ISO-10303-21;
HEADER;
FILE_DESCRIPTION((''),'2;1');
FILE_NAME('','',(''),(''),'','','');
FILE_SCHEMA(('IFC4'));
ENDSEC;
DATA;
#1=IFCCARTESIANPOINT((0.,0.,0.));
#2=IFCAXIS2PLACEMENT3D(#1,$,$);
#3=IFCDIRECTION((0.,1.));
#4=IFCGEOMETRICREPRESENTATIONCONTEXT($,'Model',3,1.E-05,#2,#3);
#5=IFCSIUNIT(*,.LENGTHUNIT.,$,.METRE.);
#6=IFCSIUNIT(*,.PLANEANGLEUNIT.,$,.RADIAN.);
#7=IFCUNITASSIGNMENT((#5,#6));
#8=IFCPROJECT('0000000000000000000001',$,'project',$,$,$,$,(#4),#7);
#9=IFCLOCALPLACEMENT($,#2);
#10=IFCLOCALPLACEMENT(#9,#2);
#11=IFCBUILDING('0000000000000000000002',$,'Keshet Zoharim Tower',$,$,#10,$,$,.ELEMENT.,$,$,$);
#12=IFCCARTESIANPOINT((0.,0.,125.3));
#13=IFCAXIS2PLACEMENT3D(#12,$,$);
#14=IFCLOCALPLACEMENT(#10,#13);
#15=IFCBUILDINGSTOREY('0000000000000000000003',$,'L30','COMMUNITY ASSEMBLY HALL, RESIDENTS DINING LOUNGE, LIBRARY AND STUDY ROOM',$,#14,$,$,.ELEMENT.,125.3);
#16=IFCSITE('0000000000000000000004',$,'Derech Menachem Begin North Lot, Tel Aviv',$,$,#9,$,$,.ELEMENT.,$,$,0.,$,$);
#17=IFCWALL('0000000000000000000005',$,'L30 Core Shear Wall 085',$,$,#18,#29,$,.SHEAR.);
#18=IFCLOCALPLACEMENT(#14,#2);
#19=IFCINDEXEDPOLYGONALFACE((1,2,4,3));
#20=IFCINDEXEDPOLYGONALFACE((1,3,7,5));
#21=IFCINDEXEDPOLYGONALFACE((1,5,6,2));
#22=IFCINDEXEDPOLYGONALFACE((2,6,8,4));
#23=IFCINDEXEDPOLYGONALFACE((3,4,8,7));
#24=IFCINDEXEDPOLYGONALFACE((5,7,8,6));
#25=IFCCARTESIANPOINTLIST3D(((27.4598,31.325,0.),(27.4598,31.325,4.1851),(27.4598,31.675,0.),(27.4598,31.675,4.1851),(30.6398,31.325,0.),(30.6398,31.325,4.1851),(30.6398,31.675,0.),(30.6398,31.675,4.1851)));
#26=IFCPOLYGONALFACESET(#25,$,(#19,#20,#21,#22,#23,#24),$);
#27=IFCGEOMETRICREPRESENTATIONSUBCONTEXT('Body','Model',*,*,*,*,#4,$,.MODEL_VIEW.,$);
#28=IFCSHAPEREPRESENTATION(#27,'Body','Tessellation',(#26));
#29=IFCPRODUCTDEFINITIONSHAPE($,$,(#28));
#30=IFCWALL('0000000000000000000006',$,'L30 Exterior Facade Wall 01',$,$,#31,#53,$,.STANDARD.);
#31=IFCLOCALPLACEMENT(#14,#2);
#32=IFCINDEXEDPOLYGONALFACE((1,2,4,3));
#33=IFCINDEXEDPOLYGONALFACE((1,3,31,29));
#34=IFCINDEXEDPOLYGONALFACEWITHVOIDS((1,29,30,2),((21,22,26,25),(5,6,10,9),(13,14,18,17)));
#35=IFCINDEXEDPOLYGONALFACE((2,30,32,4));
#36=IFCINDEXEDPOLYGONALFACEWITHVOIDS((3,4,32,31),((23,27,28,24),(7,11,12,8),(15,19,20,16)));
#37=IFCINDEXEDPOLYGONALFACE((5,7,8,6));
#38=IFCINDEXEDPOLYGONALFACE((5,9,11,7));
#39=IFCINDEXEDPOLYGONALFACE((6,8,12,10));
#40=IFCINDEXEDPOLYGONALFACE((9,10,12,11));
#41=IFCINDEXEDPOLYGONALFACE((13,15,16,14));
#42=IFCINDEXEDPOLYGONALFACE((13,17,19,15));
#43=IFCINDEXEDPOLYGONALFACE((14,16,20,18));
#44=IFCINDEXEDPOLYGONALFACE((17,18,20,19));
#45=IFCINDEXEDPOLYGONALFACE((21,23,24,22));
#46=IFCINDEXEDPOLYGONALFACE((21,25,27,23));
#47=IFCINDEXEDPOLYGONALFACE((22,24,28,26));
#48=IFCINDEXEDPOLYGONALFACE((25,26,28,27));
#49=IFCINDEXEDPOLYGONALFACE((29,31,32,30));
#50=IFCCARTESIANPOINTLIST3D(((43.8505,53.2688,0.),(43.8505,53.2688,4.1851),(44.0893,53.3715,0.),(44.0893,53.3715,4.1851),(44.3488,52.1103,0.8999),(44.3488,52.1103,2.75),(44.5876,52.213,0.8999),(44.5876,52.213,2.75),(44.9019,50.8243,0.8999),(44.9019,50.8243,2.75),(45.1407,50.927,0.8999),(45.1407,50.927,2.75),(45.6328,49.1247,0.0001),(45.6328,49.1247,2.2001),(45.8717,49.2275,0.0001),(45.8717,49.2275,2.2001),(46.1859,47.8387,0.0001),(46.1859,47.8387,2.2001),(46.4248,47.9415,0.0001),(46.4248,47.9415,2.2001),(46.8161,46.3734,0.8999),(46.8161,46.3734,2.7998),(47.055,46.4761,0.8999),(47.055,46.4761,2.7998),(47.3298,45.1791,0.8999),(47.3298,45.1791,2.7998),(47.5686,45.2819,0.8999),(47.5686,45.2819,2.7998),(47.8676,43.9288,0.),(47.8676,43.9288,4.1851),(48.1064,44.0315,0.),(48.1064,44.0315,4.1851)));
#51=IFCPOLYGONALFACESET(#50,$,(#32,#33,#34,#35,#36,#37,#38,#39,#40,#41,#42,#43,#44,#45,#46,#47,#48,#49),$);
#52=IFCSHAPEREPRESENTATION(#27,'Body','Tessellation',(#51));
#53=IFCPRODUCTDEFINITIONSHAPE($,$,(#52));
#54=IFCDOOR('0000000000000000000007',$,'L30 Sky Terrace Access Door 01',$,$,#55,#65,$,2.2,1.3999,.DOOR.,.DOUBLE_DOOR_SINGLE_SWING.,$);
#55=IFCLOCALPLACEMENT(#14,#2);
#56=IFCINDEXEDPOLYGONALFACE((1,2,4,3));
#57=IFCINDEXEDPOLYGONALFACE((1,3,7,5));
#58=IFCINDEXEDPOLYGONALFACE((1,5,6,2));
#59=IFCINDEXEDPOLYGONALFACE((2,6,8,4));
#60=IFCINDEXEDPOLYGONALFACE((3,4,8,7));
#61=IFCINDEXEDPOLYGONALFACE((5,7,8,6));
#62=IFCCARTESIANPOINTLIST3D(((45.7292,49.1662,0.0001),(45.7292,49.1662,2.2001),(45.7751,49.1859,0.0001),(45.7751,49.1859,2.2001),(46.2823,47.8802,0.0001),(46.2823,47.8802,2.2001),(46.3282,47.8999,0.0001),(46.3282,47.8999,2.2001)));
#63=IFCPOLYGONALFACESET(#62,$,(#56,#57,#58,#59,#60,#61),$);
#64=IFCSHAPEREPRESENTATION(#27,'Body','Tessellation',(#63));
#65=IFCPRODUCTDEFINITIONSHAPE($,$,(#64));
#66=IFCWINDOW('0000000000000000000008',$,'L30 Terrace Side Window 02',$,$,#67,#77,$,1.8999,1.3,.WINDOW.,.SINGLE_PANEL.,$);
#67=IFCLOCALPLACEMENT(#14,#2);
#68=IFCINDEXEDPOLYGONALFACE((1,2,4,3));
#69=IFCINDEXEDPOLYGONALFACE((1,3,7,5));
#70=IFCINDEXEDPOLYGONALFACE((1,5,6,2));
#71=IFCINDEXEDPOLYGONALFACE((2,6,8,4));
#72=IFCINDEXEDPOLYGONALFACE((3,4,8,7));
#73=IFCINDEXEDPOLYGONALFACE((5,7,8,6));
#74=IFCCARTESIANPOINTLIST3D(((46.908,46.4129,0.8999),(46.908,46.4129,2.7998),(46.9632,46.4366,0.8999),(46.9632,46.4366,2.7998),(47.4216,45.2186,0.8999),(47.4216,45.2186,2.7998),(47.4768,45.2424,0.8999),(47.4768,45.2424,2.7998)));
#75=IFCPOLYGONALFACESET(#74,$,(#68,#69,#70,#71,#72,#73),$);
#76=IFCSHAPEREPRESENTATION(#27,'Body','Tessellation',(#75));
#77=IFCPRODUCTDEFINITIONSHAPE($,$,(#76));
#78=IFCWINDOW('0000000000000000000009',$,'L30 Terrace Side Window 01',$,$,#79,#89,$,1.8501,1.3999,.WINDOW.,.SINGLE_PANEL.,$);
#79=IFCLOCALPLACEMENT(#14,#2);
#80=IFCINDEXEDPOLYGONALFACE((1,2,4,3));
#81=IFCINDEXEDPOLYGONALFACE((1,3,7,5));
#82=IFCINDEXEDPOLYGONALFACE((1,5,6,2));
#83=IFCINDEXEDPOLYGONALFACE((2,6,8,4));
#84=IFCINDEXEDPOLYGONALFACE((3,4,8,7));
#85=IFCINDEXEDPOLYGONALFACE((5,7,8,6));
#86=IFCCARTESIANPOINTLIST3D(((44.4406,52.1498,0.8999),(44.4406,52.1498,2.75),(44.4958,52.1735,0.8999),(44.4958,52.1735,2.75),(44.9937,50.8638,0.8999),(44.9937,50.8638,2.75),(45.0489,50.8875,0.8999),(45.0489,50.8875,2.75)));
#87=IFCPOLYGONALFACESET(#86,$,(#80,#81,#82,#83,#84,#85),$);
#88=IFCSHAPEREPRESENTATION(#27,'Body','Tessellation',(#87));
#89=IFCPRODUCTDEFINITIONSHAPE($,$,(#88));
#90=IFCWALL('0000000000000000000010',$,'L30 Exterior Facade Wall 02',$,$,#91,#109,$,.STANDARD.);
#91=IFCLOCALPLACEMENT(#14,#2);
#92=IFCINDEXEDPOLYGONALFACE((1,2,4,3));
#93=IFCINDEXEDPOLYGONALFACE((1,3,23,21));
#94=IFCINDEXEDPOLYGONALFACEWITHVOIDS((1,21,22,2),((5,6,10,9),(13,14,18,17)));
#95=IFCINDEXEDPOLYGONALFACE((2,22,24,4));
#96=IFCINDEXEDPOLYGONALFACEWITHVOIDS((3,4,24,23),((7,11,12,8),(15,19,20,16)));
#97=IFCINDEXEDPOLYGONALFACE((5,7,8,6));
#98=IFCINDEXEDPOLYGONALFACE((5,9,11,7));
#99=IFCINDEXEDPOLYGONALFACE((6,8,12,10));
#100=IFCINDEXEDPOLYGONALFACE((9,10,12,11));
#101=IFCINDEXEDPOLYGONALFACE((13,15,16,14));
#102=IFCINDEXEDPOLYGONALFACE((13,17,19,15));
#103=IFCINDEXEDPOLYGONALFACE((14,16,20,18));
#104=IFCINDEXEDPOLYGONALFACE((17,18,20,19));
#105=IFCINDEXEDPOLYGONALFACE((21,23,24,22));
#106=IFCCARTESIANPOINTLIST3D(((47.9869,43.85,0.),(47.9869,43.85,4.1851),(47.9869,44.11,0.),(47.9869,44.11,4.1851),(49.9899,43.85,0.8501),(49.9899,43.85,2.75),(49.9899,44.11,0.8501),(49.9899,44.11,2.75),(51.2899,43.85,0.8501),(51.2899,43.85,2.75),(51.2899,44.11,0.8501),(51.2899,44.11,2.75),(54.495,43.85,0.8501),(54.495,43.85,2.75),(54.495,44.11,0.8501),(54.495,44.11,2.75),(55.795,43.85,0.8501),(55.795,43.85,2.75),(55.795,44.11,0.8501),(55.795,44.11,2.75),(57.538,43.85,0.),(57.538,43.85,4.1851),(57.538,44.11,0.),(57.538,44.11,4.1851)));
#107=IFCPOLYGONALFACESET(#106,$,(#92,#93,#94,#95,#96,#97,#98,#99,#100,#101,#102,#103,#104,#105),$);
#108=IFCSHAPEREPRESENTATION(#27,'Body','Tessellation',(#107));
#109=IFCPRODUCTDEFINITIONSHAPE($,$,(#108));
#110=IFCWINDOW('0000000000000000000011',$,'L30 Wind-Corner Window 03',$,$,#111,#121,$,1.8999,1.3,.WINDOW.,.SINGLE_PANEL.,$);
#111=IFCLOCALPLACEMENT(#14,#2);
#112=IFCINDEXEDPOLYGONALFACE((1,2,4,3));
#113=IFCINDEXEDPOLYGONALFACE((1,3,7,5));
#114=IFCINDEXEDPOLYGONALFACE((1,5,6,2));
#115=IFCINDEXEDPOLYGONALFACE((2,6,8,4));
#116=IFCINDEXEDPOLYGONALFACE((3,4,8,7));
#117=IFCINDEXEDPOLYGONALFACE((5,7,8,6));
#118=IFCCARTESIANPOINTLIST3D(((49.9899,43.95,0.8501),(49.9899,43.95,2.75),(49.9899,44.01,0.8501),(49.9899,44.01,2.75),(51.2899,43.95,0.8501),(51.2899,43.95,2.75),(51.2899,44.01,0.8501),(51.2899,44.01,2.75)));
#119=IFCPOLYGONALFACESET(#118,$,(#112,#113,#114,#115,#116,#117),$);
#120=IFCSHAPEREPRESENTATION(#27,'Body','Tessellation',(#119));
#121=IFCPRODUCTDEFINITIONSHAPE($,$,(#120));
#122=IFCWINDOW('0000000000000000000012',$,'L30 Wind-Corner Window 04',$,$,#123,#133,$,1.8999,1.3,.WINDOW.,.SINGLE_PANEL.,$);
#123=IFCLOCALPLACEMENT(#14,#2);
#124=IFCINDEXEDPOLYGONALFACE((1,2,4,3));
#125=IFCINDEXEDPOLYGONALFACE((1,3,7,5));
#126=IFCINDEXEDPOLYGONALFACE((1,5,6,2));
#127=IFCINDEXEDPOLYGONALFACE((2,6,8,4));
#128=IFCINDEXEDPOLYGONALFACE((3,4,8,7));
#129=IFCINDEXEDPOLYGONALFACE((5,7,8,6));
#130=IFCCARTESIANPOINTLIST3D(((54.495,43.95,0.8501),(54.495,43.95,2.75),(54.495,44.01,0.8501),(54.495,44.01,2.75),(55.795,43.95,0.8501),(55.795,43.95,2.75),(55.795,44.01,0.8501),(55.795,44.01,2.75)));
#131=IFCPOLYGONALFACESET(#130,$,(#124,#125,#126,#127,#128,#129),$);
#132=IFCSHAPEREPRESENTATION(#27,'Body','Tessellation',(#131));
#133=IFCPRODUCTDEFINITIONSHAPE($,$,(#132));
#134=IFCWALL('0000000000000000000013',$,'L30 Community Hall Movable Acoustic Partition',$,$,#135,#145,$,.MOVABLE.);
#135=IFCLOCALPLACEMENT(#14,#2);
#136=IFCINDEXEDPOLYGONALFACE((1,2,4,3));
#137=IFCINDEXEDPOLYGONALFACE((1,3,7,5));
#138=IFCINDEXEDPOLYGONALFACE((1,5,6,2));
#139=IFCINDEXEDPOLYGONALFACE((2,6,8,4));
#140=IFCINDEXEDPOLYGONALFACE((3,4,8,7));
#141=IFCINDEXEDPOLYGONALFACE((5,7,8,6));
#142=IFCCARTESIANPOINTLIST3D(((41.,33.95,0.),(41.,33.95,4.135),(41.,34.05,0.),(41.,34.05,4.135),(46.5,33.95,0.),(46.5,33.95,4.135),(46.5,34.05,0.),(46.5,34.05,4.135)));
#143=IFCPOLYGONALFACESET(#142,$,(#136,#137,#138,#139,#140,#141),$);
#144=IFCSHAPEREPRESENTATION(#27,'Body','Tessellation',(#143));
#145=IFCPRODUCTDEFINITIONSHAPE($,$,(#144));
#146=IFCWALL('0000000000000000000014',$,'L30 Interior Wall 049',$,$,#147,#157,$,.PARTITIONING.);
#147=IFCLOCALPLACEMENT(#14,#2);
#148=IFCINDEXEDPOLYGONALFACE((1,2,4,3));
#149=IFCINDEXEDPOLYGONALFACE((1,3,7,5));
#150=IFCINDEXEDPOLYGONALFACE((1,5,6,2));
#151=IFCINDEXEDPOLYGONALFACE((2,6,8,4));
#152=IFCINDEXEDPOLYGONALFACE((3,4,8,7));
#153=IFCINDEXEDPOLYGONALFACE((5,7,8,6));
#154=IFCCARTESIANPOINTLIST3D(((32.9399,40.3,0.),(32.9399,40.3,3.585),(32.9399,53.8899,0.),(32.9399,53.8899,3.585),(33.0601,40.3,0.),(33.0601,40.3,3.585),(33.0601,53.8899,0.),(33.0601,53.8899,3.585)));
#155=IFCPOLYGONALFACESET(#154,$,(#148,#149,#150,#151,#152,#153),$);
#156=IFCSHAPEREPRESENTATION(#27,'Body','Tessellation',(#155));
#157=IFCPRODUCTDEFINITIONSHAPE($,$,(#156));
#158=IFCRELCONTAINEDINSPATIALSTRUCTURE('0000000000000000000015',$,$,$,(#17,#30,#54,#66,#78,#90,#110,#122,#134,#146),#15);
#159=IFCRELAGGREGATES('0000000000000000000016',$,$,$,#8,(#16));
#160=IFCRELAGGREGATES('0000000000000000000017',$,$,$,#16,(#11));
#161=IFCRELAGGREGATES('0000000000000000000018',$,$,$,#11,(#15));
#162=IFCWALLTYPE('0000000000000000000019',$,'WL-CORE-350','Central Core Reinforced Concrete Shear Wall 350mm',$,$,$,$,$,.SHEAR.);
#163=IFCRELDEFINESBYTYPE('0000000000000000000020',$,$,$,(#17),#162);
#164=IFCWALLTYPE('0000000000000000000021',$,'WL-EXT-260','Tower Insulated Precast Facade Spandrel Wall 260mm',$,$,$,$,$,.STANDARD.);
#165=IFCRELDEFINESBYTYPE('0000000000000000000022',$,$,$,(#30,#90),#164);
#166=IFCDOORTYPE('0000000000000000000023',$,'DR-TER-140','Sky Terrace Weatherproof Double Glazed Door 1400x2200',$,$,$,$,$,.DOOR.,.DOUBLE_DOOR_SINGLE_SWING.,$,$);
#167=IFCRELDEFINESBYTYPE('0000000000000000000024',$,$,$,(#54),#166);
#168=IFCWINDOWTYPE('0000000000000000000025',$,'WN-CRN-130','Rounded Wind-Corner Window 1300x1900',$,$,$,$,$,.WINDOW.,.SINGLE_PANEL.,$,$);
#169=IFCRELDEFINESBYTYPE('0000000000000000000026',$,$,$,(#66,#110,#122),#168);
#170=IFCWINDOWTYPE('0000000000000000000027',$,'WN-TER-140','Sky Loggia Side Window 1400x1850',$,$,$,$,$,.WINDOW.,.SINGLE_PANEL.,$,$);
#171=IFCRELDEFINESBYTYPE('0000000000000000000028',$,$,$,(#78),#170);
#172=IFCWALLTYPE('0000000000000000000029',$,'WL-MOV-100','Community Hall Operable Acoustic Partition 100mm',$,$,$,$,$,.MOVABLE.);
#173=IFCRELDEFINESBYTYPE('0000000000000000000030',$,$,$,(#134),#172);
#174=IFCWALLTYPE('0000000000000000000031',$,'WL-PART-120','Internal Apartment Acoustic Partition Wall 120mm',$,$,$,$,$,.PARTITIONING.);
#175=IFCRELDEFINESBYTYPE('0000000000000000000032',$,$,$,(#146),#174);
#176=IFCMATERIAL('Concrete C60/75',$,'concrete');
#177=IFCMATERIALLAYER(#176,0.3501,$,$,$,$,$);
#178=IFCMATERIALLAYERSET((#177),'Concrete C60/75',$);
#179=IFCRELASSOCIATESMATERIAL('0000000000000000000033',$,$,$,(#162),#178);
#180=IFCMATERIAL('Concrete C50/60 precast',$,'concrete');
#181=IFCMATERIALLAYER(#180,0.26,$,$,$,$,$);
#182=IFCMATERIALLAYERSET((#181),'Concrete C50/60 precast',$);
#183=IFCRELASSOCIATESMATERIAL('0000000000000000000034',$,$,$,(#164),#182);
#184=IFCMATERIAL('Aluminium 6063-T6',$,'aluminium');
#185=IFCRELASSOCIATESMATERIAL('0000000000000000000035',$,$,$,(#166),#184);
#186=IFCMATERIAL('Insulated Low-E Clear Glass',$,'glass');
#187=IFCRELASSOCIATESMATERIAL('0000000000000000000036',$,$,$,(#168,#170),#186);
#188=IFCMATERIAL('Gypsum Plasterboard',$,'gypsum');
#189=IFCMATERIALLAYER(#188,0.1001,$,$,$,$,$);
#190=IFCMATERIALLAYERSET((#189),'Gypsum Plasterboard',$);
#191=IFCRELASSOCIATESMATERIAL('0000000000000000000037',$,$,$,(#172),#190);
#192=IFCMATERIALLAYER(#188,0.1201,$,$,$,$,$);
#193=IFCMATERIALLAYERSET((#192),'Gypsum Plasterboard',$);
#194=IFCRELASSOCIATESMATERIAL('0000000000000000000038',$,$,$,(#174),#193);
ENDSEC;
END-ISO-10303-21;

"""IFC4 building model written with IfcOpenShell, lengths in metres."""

from ifc_helpers import new_model, si_unit, direction, frame, frame_2d, origin, place, context, subcontext, project, spatial, rectangle, extrude, material, layer, layer_set, type_object, element, fill, save


model = new_model("IFC4")

# Units and contexts
model_context = context("Model", 3, precision=1e-05, world=origin(), true_north=direction((0.0, 1.0)))
body_context = subcontext(model_context, "Body", "Model", "MODEL_VIEW")
ifc_project = project(units=[si_unit("LENGTHUNIT", "METRE"), si_unit("PLANEANGLEUNIT", "RADIAN")], contexts=[model_context])

# Site, building, storey
site_placement = place(None, origin())
site = spatial("IfcSite", under=ifc_project, at=site_placement, Name="Derech Menachem Begin North Lot, Tel Aviv", CompositionType="ELEMENT", RefElevation=0.0)
building_placement = place(site_placement, origin())
building = spatial("IfcBuilding", under=site, at=building_placement, Name="Keshet Zoharim Tower", CompositionType="ELEMENT")
storey_placement = place(building_placement, frame((0.0, 0.0, 125.3)))
storey = spatial("IfcBuildingStorey", under=building, at=storey_placement, Name="L30", Description="COMMUNITY ASSEMBLY HALL, RESIDENTS DINING LOUNGE, LIBRARY AND STUDY ROOM", CompositionType="ELEMENT", Elevation=125.3)

# Shared definitions
ifc_material_1 = material(Name="Concrete C60/75", Category="concrete")

# Shared definitions
ifc_material_2 = material(Name="Gypsum Plasterboard", Category="gypsum")
ifc_layer_1 = layer(ifc_material_1, 0.3501)
ifc_layer_set_1 = layer_set([ifc_layer_1], Name="Concrete C60/75")
wall_type_1 = type_object("IfcWallType", Name="WL-CORE-350", Description="Central Core Reinforced Concrete Shear Wall 350mm", PredefinedType="SHEAR", material=ifc_layer_set_1)

# Wall
wall_1_placement = place(storey_placement, frame((27.46, 31.5, 0.0), z_axis=(0.0, 0.0, 1.0), x_axis=(1.0, 0.0, 0.0)))
element("IfcWall", 1, at=wall_1_placement, inside=storey, type_object=wall_type_1, Name="L30 Core Shear Wall 085", PredefinedType="SHEAR", context=body_context, shape_type="SweptSolid", body=[
    extrude(rectangle(XDim=3.1799, YDim=0.3501, at=frame_2d((1.5898, 0.0))), origin(), (0.0, 0.0, 1.0), 4.1851),
])

# Wall, openings, door, windows
ifc_material_3 = material(Name="Concrete C50/60 precast", Category="concrete")
ifc_layer_2 = layer(ifc_material_3, 0.26)
ifc_layer_set_2 = layer_set([ifc_layer_2], Name="Concrete C50/60 precast")
wall_type_2 = type_object("IfcWallType", Name="WL-EXT-260", Description="Tower Insulated Precast Facade Spandrel Wall 260mm", PredefinedType="STANDARD", material=ifc_layer_set_2)
wall_2_placement = place(storey_placement, frame((43.97, 53.3201, 0.0), z_axis=(0.0, 0.0, 1.0), x_axis=(0.395098, -0.918639, 0.0)))
wall_2 = element("IfcWall", 2, at=wall_2_placement, inside=storey, type_object=wall_type_2, Name="L30 Exterior Facade Wall 01", PredefinedType="STANDARD", context=body_context, shape_type="SweptSolid", body=[
    extrude(rectangle(XDim=10.1672, YDim=0.26, at=frame_2d((5.0835, 0.0))), origin(), (0.0, 0.0, 1.0), 4.1851),
])
opening_1_placement = place(wall_2_placement, frame((4.511, 0.0, 0.0)))
opening_1 = element("IfcOpeningElement", 3, at=opening_1_placement, cuts=wall_2, PredefinedType="OPENING", context=body_context, shape_type="SweptSolid", body=[
    extrude(rectangle(XDim=1.3999, YDim=2.2, at=frame_2d((0.7, 1.1001))), frame((0.0, 0.1401, 0.0), z_axis=(0.0, -1.0, 0.0), x_axis=(1.0, 0.0, 0.0)), (0.0, 0.0, 1.0), 0.28),
])
opening_2_placement = place(wall_2_placement, frame((1.261, 0.0, 0.8999)))
opening_2 = element("IfcOpeningElement", 4, at=opening_2_placement, cuts=wall_2, PredefinedType="OPENING", context=body_context, shape_type="SweptSolid", body=[
    extrude(rectangle(XDim=1.3999, YDim=1.8501, at=frame_2d((0.7, 0.925))), frame((0.0, 0.1401, 0.0), z_axis=(0.0, -1.0, 0.0), x_axis=(1.0, 0.0, 0.0)), (0.0, 0.0, 1.0), 0.28),
])
opening_3_placement = place(wall_2_placement, frame((7.5061, 0.0, 0.8999)))
opening_3 = element("IfcOpeningElement", 5, at=opening_3_placement, cuts=wall_2, PredefinedType="OPENING", context=body_context, shape_type="SweptSolid", body=[
    extrude(rectangle(XDim=1.3, YDim=1.8999, at=frame_2d((0.6499, 0.95))), frame((0.0, 0.1401, 0.0), z_axis=(0.0, -1.0, 0.0), x_axis=(1.0, 0.0, 0.0)), (0.0, 0.0, 1.0), 0.28),
])
ifc_material_4 = material(Name="Aluminium 6063-T6", Category="aluminium")
door_type_1 = type_object("IfcDoorType", Name="DR-TER-140", Description="Sky Terrace Weatherproof Double Glazed Door 1400x2200", OperationType="DOUBLE_DOOR_SINGLE_SWING", PredefinedType="DOOR", material=ifc_material_4)
door_1_placement = place(opening_1_placement, origin())
door_1 = element("IfcDoor", 6, at=door_1_placement, inside=storey, type_object=door_type_1, Name="L30 Sky Terrace Access Door 01", OperationType="DOUBLE_DOOR_SINGLE_SWING", OverallHeight=2.2, OverallWidth=1.3999, PredefinedType="DOOR", context=body_context, shape_type="SweptSolid", body=[
    extrude(rectangle(XDim=1.3999, YDim=2.2, at=frame_2d((0.7, 1.1001))), frame((0.0, 0.0249, 0.0), z_axis=(0.0, -1.0, 0.0), x_axis=(1.0, 0.0, 0.0)), (0.0, 0.0, 1.0), 0.05),
])
fill(opening_1, door_1)
ifc_material_5 = material(Name="Insulated Low-E Clear Glass", Category="glass")
window_type_1 = type_object("IfcWindowType", Name="WN-CRN-130", Description="Rounded Wind-Corner Window 1300x1900", PartitioningType="SINGLE_PANEL", PredefinedType="WINDOW", material=ifc_material_5)
window_1_placement = place(opening_3_placement, origin())
window_1 = element("IfcWindow", 7, at=window_1_placement, inside=storey, type_object=window_type_1, Name="L30 Terrace Side Window 02", OverallHeight=1.8999, OverallWidth=1.3, PartitioningType="SINGLE_PANEL", PredefinedType="WINDOW", context=body_context, shape_type="SweptSolid", body=[
    extrude(rectangle(XDim=1.3, YDim=1.8999, at=frame_2d((0.6499, 0.95))), frame((0.0, 0.03, 0.0), z_axis=(0.0, -1.0, 0.0), x_axis=(1.0, 0.0, 0.0)), (0.0, 0.0, 1.0), 0.0601),
])
fill(opening_3, window_1)
window_type_2 = type_object("IfcWindowType", Name="WN-TER-140", Description="Sky Loggia Side Window 1400x1850", PartitioningType="SINGLE_PANEL", PredefinedType="WINDOW", material=ifc_material_5)
window_2_placement = place(opening_2_placement, origin())
window_2 = element("IfcWindow", 8, at=window_2_placement, inside=storey, type_object=window_type_2, Name="L30 Terrace Side Window 01", OverallHeight=1.8501, OverallWidth=1.3999, PartitioningType="SINGLE_PANEL", PredefinedType="WINDOW", context=body_context, shape_type="SweptSolid", body=[
    extrude(rectangle(XDim=1.3999, YDim=1.8501, at=frame_2d((0.7, 0.925))), frame((0.0, 0.03, 0.0), z_axis=(0.0, -1.0, 0.0), x_axis=(1.0, 0.0, 0.0)), (0.0, 0.0, 1.0), 0.0601),
])
fill(opening_2, window_2)

# Wall, openings, windows
wall_3_placement = place(storey_placement, frame((47.9871, 43.98, 0.0), z_axis=(0.0, 0.0, 1.0), x_axis=(1.0, 0.0, 0.0)))
wall_3 = element("IfcWall", 9, at=wall_3_placement, inside=storey, type_object=wall_type_2, Name="L30 Exterior Facade Wall 02", PredefinedType="STANDARD", context=body_context, shape_type="SweptSolid", body=[
    extrude(rectangle(XDim=9.551, YDim=0.26, at=frame_2d((4.7754, 0.0))), origin(), (0.0, 0.0, 1.0), 4.1851),
])
opening_4_placement = place(wall_3_placement, frame((2.0029, 0.0, 0.8501)))
opening_4 = element("IfcOpeningElement", 10, at=opening_4_placement, cuts=wall_3, PredefinedType="OPENING", context=body_context, shape_type="SweptSolid", body=[
    extrude(rectangle(XDim=1.3, YDim=1.8999, at=frame_2d((0.6499, 0.95))), frame((0.0, 0.1401, 0.0), z_axis=(0.0, -1.0, 0.0), x_axis=(1.0, 0.0, 0.0)), (0.0, 0.0, 1.0), 0.28),
])
opening_5_placement = place(wall_3_placement, frame((6.5081, 0.0, 0.8501)))
opening_5 = element("IfcOpeningElement", 11, at=opening_5_placement, cuts=wall_3, PredefinedType="OPENING", context=body_context, shape_type="SweptSolid", body=[
    extrude(rectangle(XDim=1.3, YDim=1.8999, at=frame_2d((0.6499, 0.95))), frame((0.0, 0.1401, 0.0), z_axis=(0.0, -1.0, 0.0), x_axis=(1.0, 0.0, 0.0)), (0.0, 0.0, 1.0), 0.28),
])
window_3_placement = place(opening_4_placement, origin())
window_3 = element("IfcWindow", 12, at=window_3_placement, inside=storey, type_object=window_type_1, Name="L30 Wind-Corner Window 03", OverallHeight=1.8999, OverallWidth=1.3, PartitioningType="SINGLE_PANEL", PredefinedType="WINDOW", context=body_context, shape_type="SweptSolid", body=[
    extrude(rectangle(XDim=1.3, YDim=1.8999, at=frame_2d((0.6499, 0.95))), frame((0.0, 0.03, 0.0), z_axis=(0.0, -1.0, 0.0), x_axis=(1.0, 0.0, 0.0)), (0.0, 0.0, 1.0), 0.0601),
])
fill(opening_4, window_3)
window_4_placement = place(opening_5_placement, origin())
window_4 = element("IfcWindow", 13, at=window_4_placement, inside=storey, type_object=window_type_1, Name="L30 Wind-Corner Window 04", OverallHeight=1.8999, OverallWidth=1.3, PartitioningType="SINGLE_PANEL", PredefinedType="WINDOW", context=body_context, shape_type="SweptSolid", body=[
    extrude(rectangle(XDim=1.3, YDim=1.8999, at=frame_2d((0.6499, 0.95))), frame((0.0, 0.03, 0.0), z_axis=(0.0, -1.0, 0.0), x_axis=(1.0, 0.0, 0.0)), (0.0, 0.0, 1.0), 0.0601),
])
fill(opening_5, window_4)

# Walls
ifc_layer_3 = layer(ifc_material_2, 0.1001)
ifc_layer_set_3 = layer_set([ifc_layer_3], Name="Gypsum Plasterboard")
wall_type_3 = type_object("IfcWallType", Name="WL-MOV-100", Description="Community Hall Operable Acoustic Partition 100mm", PredefinedType="MOVABLE", material=ifc_layer_set_3)
wall_4_placement = place(storey_placement, frame((41.0, 34.0, 0.0), z_axis=(0.0, 0.0, 1.0), x_axis=(1.0, 0.0, 0.0)))
element("IfcWall", 14, at=wall_4_placement, inside=storey, type_object=wall_type_3, Name="L30 Community Hall Movable Acoustic Partition", PredefinedType="MOVABLE", context=body_context, shape_type="SweptSolid", body=[
    extrude(rectangle(XDim=5.5, YDim=0.1001, at=frame_2d((2.75, 0.0))), origin(), (0.0, 0.0, 1.0), 4.135),
])
ifc_layer_4 = layer(ifc_material_2, 0.1201)
ifc_layer_set_4 = layer_set([ifc_layer_4], Name="Gypsum Plasterboard")
wall_type_4 = type_object("IfcWallType", Name="WL-PART-120", Description="Internal Apartment Acoustic Partition Wall 120mm", PredefinedType="PARTITIONING", material=ifc_layer_set_4)
wall_5_placement = place(storey_placement, frame((33.0, 40.3, 0.0), z_axis=(0.0, 0.0, 1.0), x_axis=(0.0, 1.0, 0.0)))
element("IfcWall", 15, at=wall_5_placement, inside=storey, type_object=wall_type_4, Name="L30 Interior Wall 049", PredefinedType="PARTITIONING", context=body_context, shape_type="SweptSolid", body=[
    extrude(rectangle(XDim=13.5898, YDim=0.1201, at=frame_2d((6.7949, 0.0))), origin(), (0.0, 0.0, 1.0), 3.585),
])

save(model, "model.ifc")
